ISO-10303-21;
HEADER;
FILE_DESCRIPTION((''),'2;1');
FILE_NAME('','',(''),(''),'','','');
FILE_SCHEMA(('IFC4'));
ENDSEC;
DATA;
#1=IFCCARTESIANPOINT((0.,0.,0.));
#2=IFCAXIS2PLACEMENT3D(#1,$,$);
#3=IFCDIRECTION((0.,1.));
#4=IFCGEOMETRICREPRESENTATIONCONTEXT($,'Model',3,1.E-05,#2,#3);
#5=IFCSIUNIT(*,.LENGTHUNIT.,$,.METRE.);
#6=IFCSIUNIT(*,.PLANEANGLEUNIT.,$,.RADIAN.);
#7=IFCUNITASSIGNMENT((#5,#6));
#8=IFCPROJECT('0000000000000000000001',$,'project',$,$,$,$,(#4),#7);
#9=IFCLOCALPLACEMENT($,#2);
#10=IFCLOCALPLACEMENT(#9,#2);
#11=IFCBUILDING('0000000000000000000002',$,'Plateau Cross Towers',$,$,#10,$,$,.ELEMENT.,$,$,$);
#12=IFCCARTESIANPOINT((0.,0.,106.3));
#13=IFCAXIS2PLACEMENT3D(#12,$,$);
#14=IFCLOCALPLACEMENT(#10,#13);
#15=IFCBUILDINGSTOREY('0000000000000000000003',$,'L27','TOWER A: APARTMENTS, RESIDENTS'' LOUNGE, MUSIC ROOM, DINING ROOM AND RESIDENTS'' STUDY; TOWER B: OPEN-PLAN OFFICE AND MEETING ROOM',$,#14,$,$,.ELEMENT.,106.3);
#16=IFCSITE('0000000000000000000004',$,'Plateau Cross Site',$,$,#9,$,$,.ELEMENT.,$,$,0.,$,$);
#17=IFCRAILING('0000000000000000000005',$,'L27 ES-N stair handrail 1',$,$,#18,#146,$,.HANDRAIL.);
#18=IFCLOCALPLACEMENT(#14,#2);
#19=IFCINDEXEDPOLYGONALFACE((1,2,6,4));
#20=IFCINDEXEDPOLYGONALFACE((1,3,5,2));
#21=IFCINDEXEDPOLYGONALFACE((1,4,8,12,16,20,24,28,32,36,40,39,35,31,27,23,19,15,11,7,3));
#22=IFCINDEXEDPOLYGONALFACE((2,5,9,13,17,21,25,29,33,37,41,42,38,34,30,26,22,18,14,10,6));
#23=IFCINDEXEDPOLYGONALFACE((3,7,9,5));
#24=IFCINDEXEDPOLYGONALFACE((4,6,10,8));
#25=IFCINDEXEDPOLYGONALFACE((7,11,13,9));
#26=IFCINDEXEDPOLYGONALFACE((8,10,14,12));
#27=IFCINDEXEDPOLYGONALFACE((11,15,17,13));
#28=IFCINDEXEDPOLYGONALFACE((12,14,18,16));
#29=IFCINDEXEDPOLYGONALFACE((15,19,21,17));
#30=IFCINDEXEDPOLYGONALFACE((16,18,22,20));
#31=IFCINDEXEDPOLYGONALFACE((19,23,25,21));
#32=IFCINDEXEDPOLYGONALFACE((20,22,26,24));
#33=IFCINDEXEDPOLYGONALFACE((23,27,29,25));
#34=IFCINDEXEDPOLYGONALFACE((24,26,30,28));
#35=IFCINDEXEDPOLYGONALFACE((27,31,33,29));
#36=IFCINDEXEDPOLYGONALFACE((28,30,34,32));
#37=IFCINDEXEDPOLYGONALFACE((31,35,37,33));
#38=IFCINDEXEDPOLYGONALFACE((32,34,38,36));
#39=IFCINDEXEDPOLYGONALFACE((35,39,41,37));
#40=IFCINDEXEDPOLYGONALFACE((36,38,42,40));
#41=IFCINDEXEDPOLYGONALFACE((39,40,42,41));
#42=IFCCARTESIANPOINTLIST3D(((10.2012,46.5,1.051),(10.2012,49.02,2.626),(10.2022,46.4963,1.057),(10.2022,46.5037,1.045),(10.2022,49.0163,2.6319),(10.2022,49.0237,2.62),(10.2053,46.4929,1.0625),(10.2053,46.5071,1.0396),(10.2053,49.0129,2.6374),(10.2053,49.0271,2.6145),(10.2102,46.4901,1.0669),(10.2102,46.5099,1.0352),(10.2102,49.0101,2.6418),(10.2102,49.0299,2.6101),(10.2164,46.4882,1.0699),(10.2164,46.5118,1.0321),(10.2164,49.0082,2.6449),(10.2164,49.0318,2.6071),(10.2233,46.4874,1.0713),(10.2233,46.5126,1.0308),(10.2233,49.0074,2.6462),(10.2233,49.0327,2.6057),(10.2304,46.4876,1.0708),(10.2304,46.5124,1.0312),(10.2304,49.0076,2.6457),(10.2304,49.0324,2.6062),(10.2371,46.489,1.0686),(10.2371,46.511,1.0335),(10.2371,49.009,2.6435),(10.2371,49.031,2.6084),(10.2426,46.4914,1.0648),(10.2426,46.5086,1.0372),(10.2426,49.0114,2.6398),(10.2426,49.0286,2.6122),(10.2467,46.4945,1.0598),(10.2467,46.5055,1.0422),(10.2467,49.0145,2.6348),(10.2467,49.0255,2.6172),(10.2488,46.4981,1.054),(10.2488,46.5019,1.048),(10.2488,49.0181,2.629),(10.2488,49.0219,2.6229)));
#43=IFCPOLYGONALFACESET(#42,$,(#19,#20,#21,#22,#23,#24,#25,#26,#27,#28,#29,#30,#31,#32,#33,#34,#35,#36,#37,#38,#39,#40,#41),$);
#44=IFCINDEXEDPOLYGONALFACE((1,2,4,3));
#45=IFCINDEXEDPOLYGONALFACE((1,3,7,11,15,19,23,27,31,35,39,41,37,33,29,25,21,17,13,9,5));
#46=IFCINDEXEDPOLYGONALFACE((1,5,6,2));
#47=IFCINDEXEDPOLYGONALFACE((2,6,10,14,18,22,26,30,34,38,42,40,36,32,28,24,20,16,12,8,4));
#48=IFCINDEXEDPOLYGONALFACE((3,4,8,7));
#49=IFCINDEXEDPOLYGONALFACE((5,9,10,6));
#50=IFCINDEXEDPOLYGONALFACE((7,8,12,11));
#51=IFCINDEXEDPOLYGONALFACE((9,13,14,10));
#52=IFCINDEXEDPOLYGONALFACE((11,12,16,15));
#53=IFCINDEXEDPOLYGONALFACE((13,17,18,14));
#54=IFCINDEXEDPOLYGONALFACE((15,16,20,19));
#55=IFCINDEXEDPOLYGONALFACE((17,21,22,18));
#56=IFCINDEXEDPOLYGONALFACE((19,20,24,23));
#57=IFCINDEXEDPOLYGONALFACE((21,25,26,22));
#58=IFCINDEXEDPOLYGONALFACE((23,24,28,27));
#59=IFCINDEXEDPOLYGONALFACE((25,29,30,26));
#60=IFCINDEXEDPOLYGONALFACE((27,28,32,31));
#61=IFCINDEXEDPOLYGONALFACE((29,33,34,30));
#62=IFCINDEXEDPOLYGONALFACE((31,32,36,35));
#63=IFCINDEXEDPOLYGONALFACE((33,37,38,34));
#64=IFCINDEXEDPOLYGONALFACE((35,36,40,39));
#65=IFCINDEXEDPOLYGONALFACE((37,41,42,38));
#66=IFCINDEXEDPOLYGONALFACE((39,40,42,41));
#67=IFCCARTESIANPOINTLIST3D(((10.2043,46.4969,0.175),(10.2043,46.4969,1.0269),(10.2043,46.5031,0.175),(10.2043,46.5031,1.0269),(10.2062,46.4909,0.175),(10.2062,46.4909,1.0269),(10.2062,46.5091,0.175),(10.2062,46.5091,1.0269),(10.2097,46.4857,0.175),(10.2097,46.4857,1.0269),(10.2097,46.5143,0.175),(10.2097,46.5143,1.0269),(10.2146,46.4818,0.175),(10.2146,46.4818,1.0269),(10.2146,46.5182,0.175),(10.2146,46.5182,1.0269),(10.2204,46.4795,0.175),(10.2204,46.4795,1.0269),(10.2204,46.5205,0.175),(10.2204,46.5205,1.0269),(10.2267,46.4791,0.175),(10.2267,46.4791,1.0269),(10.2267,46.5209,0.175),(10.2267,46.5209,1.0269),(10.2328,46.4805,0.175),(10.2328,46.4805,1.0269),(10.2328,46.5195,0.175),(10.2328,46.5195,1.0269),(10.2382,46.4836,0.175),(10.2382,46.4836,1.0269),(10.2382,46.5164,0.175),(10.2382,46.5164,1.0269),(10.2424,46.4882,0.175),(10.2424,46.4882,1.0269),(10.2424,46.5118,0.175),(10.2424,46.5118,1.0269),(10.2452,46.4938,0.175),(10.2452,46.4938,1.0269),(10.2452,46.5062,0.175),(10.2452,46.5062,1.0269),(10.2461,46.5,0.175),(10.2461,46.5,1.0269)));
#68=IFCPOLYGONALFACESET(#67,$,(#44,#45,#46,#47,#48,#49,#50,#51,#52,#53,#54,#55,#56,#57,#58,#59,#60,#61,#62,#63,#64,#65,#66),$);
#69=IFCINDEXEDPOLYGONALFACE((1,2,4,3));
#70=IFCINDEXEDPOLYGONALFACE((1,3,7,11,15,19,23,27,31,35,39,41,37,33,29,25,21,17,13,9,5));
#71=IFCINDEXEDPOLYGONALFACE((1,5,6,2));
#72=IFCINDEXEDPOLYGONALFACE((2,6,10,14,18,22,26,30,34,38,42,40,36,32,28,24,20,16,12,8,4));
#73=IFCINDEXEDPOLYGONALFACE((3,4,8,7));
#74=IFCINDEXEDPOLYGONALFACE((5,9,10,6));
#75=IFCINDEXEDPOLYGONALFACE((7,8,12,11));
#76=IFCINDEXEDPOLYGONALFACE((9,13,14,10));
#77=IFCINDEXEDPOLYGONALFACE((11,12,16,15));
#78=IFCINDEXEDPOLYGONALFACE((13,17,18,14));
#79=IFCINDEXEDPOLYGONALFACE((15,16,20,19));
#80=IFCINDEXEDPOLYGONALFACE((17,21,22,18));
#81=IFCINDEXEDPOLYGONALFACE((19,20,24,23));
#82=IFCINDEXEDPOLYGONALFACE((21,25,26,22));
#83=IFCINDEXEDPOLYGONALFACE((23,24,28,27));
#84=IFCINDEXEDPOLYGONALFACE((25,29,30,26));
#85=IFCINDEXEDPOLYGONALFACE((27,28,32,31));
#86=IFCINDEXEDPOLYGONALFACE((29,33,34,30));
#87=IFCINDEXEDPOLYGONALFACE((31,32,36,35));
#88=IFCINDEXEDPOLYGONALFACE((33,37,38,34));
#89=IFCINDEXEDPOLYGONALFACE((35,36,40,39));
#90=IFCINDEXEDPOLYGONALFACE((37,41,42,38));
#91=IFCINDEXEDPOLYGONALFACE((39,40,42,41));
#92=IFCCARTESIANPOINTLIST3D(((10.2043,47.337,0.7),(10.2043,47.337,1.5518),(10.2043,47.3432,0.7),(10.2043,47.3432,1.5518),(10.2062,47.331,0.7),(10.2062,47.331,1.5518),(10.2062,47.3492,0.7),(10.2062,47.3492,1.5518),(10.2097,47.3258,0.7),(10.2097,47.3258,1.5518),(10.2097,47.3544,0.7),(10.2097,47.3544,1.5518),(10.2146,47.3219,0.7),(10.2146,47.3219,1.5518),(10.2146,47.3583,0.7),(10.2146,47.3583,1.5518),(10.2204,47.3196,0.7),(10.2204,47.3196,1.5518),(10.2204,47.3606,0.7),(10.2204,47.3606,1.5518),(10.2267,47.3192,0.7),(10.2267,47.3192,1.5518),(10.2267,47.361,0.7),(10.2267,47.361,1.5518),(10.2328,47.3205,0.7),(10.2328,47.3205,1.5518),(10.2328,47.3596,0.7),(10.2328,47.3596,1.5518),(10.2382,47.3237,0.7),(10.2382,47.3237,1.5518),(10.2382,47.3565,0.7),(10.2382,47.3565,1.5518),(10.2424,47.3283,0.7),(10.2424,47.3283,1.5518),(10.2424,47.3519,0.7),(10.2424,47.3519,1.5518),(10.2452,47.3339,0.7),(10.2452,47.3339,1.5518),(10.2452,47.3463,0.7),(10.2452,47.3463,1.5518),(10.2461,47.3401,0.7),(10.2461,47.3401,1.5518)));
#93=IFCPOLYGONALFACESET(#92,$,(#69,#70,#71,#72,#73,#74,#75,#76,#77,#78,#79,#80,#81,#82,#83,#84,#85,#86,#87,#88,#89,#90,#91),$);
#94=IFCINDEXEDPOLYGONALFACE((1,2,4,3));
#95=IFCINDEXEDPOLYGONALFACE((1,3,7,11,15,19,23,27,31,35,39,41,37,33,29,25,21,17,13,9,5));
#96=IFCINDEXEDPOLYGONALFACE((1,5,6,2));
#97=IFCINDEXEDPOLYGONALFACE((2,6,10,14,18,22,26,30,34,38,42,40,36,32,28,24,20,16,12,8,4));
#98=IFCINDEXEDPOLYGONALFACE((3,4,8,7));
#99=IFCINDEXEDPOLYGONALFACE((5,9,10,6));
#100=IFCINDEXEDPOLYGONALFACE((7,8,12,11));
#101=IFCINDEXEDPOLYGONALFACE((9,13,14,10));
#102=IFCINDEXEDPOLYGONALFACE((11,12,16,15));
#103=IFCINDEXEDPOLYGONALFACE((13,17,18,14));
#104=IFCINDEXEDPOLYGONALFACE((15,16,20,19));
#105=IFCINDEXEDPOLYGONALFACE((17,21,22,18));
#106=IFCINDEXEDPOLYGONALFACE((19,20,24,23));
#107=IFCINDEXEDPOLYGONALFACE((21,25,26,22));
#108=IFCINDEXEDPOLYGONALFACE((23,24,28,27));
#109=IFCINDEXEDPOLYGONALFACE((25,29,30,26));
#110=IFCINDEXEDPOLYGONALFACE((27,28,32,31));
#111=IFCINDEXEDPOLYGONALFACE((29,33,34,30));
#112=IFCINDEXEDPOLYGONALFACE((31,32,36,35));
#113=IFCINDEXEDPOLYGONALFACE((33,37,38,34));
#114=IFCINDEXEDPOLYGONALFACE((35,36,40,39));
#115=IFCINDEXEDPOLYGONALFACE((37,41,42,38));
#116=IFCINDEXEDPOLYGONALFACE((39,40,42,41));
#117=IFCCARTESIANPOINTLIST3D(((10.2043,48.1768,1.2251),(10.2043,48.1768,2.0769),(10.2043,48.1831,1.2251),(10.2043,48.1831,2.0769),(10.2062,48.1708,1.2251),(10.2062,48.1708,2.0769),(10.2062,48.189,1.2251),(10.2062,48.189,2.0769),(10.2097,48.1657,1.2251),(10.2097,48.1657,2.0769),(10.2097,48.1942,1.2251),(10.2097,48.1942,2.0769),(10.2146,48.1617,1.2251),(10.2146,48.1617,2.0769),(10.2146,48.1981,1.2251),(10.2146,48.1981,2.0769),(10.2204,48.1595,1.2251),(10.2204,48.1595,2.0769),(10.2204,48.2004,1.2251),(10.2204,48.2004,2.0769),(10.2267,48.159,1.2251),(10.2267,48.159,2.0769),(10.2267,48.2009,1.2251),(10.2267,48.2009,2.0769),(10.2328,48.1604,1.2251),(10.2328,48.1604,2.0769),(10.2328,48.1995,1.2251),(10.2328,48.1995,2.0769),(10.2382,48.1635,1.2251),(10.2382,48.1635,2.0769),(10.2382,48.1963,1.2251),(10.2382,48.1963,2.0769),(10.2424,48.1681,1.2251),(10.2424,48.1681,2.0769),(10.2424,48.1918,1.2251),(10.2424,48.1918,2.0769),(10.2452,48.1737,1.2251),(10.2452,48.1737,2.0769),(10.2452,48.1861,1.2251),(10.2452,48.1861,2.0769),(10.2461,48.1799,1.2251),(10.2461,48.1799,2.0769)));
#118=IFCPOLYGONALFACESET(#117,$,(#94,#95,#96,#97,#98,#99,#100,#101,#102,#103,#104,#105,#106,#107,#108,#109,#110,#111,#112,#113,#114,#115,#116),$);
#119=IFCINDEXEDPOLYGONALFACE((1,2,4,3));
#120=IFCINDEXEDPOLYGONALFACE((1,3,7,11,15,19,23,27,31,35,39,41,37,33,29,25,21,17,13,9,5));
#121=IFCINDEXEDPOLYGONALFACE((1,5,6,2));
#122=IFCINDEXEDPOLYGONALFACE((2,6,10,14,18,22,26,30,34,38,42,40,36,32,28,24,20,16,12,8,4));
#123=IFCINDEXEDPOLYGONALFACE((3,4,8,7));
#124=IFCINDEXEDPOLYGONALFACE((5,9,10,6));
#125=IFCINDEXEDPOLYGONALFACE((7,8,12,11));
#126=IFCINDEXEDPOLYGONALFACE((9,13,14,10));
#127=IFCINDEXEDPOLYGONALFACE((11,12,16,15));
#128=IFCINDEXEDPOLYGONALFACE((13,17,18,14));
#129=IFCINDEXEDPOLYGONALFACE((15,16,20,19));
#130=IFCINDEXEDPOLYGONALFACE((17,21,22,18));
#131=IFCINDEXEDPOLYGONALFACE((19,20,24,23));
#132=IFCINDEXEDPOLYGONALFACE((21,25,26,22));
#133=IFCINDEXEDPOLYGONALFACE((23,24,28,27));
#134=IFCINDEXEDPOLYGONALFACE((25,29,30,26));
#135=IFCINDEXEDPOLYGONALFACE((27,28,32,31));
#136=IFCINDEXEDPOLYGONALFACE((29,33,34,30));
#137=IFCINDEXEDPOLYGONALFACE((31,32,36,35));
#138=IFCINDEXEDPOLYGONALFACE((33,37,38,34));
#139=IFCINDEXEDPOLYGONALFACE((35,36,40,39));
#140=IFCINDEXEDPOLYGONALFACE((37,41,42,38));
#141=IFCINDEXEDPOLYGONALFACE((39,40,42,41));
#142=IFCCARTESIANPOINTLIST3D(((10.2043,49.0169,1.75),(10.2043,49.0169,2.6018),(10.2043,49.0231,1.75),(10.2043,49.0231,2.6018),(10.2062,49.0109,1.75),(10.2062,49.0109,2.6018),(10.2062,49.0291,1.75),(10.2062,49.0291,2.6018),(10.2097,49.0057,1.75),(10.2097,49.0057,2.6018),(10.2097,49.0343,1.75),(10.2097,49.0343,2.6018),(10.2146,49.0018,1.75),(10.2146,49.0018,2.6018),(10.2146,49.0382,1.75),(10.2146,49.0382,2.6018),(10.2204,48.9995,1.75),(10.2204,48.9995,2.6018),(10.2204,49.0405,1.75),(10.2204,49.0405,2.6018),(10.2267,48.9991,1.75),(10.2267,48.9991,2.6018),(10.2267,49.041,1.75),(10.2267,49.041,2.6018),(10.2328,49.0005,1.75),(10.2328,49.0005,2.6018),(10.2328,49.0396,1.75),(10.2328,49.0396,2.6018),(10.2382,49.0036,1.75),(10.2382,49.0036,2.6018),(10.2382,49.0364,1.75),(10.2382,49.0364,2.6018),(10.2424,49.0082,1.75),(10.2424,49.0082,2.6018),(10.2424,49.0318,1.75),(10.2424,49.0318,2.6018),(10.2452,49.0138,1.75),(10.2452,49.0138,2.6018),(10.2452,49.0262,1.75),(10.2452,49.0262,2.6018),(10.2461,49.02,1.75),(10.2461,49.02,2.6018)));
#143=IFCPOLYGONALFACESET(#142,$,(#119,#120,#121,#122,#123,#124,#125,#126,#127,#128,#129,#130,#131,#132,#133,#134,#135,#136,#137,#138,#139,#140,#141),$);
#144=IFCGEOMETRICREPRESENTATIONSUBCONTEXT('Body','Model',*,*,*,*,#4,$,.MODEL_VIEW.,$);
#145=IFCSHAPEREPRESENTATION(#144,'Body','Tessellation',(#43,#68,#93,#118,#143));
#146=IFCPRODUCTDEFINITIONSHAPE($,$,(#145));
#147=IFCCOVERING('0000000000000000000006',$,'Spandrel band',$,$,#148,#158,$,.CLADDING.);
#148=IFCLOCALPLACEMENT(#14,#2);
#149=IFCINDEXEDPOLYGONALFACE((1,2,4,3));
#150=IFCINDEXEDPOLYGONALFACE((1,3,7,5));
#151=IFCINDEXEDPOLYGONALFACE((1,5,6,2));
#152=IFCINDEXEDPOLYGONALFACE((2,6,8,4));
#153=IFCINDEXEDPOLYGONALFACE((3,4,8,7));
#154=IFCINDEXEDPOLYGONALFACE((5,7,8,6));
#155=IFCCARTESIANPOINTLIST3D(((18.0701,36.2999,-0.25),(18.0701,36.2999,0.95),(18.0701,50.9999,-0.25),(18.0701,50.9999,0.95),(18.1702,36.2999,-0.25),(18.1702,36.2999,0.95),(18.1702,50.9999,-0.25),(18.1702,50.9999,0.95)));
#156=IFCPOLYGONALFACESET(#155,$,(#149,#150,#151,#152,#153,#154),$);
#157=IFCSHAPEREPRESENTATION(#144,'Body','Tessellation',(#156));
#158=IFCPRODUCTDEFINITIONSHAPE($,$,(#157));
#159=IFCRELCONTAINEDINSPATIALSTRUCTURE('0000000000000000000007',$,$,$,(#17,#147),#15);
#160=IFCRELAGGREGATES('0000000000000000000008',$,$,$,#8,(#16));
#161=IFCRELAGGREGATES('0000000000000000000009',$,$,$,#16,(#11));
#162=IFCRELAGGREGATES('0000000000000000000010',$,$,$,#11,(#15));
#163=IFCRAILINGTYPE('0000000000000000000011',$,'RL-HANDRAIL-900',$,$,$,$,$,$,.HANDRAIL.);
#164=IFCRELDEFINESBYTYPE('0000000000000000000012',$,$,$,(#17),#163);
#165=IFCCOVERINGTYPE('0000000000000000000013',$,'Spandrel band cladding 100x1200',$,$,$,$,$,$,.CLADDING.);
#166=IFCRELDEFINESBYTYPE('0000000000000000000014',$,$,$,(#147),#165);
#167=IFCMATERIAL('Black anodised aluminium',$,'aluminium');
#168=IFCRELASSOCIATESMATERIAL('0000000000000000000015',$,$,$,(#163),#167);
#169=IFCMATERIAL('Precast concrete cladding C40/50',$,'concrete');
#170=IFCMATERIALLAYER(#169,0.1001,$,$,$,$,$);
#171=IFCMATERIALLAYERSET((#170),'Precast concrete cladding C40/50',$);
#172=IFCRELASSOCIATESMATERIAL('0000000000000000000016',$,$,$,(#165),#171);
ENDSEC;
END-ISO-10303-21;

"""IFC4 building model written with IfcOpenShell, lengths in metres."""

from ifc_helpers import new_model, si_unit, direction, frame, origin, origin_2d, place, context, subcontext, project, spatial, rectangle, circle, extrude, material, layer, layer_set, type_object, element, save


model = new_model("IFC4")

# Units and contexts
model_context = context("Model", 3, precision=1e-05, world=origin(), true_north=direction((0.0, 1.0)))
body_context = subcontext(model_context, "Body", "Model", "MODEL_VIEW")
ifc_project = project(units=[si_unit("LENGTHUNIT", "METRE"), si_unit("PLANEANGLEUNIT", "RADIAN")], contexts=[model_context])

# Site, building, storey
site_placement = place(None, origin())
site = spatial("IfcSite", under=ifc_project, at=site_placement, Name="Plateau Cross Site", CompositionType="ELEMENT", RefElevation=0.0)
building_placement = place(site_placement, origin())
building = spatial("IfcBuilding", under=site, at=building_placement, Name="Plateau Cross Towers", CompositionType="ELEMENT")
storey_placement = place(building_placement, frame((0.0, 0.0, 106.3)))
storey = spatial("IfcBuildingStorey", under=building, at=storey_placement, Name="L27", Description="TOWER A: APARTMENTS, RESIDENTS' LOUNGE, MUSIC ROOM, DINING ROOM AND RESIDENTS' STUDY; TOWER B: OPEN-PLAN OFFICE AND MEETING ROOM", CompositionType="ELEMENT", Elevation=106.3)

# Shared definitions
ifc_material_1 = material(Name="Black anodised aluminium", Category="aluminium")

# Railing
railing_type_1 = type_object("IfcRailingType", Name="RL-HANDRAIL-900", PredefinedType="HANDRAIL", material=ifc_material_1)
railing_1_placement = place(storey_placement, frame((10.2251, 46.5, 0.175)))
element("IfcRailing", 1, at=railing_1_placement, inside=storey, type_object=railing_type_1, Name="L27 ES-N stair handrail 1", PredefinedType="HANDRAIL", context=body_context, shape_type="SweptSolid", body=[
    extrude(circle(Radius=0.0239, at=origin_2d()), frame((0.0, 0.0, 0.876), z_axis=(0.0, 0.848008, 0.529984), x_axis=(-1.0, 0.0, 0.0)), (0.0, 0.0, 1.0), 2.9717),
    extrude(circle(Radius=0.021, at=origin_2d()), origin(), (0.0, 0.0, 1.0), 0.8518),
    extrude(circle(Radius=0.021, at=origin_2d()), frame((0.0, 0.8401, 0.5249)), (0.0, 0.0, 1.0), 0.8518),
    extrude(circle(Radius=0.021, at=origin_2d()), frame((0.0, 1.6799, 1.05)), (0.0, 0.0, 1.0), 0.8518),
    extrude(circle(Radius=0.021, at=origin_2d()), frame((0.0, 2.52, 1.575)), (0.0, 0.0, 1.0), 0.8518),
])

# Covering
ifc_material_2 = material(Name="Precast concrete cladding C40/50", Category="concrete")
ifc_layer_1 = layer(ifc_material_2, 0.1001)
ifc_layer_set_1 = layer_set([ifc_layer_1], Name="Precast concrete cladding C40/50")
covering_type = type_object("IfcCoveringType", Name="Spandrel band cladding 100x1200", PredefinedType="CLADDING", material=ifc_layer_set_1)
covering_placement = place(storey_placement, frame((18.1201, 43.6499, -0.25), z_axis=(0.0, 0.0, 1.0), x_axis=(0.0, 1.0, 0.0)))
element("IfcCovering", 2, at=covering_placement, inside=storey, type_object=covering_type, Name="Spandrel band", PredefinedType="CLADDING", context=body_context, shape_type="SweptSolid", body=[
    extrude(rectangle(XDim=14.7, YDim=0.1001, at=origin_2d()), origin(), (0.0, 0.0, 1.0), 1.2),
])

save(model, "model.ifc")
